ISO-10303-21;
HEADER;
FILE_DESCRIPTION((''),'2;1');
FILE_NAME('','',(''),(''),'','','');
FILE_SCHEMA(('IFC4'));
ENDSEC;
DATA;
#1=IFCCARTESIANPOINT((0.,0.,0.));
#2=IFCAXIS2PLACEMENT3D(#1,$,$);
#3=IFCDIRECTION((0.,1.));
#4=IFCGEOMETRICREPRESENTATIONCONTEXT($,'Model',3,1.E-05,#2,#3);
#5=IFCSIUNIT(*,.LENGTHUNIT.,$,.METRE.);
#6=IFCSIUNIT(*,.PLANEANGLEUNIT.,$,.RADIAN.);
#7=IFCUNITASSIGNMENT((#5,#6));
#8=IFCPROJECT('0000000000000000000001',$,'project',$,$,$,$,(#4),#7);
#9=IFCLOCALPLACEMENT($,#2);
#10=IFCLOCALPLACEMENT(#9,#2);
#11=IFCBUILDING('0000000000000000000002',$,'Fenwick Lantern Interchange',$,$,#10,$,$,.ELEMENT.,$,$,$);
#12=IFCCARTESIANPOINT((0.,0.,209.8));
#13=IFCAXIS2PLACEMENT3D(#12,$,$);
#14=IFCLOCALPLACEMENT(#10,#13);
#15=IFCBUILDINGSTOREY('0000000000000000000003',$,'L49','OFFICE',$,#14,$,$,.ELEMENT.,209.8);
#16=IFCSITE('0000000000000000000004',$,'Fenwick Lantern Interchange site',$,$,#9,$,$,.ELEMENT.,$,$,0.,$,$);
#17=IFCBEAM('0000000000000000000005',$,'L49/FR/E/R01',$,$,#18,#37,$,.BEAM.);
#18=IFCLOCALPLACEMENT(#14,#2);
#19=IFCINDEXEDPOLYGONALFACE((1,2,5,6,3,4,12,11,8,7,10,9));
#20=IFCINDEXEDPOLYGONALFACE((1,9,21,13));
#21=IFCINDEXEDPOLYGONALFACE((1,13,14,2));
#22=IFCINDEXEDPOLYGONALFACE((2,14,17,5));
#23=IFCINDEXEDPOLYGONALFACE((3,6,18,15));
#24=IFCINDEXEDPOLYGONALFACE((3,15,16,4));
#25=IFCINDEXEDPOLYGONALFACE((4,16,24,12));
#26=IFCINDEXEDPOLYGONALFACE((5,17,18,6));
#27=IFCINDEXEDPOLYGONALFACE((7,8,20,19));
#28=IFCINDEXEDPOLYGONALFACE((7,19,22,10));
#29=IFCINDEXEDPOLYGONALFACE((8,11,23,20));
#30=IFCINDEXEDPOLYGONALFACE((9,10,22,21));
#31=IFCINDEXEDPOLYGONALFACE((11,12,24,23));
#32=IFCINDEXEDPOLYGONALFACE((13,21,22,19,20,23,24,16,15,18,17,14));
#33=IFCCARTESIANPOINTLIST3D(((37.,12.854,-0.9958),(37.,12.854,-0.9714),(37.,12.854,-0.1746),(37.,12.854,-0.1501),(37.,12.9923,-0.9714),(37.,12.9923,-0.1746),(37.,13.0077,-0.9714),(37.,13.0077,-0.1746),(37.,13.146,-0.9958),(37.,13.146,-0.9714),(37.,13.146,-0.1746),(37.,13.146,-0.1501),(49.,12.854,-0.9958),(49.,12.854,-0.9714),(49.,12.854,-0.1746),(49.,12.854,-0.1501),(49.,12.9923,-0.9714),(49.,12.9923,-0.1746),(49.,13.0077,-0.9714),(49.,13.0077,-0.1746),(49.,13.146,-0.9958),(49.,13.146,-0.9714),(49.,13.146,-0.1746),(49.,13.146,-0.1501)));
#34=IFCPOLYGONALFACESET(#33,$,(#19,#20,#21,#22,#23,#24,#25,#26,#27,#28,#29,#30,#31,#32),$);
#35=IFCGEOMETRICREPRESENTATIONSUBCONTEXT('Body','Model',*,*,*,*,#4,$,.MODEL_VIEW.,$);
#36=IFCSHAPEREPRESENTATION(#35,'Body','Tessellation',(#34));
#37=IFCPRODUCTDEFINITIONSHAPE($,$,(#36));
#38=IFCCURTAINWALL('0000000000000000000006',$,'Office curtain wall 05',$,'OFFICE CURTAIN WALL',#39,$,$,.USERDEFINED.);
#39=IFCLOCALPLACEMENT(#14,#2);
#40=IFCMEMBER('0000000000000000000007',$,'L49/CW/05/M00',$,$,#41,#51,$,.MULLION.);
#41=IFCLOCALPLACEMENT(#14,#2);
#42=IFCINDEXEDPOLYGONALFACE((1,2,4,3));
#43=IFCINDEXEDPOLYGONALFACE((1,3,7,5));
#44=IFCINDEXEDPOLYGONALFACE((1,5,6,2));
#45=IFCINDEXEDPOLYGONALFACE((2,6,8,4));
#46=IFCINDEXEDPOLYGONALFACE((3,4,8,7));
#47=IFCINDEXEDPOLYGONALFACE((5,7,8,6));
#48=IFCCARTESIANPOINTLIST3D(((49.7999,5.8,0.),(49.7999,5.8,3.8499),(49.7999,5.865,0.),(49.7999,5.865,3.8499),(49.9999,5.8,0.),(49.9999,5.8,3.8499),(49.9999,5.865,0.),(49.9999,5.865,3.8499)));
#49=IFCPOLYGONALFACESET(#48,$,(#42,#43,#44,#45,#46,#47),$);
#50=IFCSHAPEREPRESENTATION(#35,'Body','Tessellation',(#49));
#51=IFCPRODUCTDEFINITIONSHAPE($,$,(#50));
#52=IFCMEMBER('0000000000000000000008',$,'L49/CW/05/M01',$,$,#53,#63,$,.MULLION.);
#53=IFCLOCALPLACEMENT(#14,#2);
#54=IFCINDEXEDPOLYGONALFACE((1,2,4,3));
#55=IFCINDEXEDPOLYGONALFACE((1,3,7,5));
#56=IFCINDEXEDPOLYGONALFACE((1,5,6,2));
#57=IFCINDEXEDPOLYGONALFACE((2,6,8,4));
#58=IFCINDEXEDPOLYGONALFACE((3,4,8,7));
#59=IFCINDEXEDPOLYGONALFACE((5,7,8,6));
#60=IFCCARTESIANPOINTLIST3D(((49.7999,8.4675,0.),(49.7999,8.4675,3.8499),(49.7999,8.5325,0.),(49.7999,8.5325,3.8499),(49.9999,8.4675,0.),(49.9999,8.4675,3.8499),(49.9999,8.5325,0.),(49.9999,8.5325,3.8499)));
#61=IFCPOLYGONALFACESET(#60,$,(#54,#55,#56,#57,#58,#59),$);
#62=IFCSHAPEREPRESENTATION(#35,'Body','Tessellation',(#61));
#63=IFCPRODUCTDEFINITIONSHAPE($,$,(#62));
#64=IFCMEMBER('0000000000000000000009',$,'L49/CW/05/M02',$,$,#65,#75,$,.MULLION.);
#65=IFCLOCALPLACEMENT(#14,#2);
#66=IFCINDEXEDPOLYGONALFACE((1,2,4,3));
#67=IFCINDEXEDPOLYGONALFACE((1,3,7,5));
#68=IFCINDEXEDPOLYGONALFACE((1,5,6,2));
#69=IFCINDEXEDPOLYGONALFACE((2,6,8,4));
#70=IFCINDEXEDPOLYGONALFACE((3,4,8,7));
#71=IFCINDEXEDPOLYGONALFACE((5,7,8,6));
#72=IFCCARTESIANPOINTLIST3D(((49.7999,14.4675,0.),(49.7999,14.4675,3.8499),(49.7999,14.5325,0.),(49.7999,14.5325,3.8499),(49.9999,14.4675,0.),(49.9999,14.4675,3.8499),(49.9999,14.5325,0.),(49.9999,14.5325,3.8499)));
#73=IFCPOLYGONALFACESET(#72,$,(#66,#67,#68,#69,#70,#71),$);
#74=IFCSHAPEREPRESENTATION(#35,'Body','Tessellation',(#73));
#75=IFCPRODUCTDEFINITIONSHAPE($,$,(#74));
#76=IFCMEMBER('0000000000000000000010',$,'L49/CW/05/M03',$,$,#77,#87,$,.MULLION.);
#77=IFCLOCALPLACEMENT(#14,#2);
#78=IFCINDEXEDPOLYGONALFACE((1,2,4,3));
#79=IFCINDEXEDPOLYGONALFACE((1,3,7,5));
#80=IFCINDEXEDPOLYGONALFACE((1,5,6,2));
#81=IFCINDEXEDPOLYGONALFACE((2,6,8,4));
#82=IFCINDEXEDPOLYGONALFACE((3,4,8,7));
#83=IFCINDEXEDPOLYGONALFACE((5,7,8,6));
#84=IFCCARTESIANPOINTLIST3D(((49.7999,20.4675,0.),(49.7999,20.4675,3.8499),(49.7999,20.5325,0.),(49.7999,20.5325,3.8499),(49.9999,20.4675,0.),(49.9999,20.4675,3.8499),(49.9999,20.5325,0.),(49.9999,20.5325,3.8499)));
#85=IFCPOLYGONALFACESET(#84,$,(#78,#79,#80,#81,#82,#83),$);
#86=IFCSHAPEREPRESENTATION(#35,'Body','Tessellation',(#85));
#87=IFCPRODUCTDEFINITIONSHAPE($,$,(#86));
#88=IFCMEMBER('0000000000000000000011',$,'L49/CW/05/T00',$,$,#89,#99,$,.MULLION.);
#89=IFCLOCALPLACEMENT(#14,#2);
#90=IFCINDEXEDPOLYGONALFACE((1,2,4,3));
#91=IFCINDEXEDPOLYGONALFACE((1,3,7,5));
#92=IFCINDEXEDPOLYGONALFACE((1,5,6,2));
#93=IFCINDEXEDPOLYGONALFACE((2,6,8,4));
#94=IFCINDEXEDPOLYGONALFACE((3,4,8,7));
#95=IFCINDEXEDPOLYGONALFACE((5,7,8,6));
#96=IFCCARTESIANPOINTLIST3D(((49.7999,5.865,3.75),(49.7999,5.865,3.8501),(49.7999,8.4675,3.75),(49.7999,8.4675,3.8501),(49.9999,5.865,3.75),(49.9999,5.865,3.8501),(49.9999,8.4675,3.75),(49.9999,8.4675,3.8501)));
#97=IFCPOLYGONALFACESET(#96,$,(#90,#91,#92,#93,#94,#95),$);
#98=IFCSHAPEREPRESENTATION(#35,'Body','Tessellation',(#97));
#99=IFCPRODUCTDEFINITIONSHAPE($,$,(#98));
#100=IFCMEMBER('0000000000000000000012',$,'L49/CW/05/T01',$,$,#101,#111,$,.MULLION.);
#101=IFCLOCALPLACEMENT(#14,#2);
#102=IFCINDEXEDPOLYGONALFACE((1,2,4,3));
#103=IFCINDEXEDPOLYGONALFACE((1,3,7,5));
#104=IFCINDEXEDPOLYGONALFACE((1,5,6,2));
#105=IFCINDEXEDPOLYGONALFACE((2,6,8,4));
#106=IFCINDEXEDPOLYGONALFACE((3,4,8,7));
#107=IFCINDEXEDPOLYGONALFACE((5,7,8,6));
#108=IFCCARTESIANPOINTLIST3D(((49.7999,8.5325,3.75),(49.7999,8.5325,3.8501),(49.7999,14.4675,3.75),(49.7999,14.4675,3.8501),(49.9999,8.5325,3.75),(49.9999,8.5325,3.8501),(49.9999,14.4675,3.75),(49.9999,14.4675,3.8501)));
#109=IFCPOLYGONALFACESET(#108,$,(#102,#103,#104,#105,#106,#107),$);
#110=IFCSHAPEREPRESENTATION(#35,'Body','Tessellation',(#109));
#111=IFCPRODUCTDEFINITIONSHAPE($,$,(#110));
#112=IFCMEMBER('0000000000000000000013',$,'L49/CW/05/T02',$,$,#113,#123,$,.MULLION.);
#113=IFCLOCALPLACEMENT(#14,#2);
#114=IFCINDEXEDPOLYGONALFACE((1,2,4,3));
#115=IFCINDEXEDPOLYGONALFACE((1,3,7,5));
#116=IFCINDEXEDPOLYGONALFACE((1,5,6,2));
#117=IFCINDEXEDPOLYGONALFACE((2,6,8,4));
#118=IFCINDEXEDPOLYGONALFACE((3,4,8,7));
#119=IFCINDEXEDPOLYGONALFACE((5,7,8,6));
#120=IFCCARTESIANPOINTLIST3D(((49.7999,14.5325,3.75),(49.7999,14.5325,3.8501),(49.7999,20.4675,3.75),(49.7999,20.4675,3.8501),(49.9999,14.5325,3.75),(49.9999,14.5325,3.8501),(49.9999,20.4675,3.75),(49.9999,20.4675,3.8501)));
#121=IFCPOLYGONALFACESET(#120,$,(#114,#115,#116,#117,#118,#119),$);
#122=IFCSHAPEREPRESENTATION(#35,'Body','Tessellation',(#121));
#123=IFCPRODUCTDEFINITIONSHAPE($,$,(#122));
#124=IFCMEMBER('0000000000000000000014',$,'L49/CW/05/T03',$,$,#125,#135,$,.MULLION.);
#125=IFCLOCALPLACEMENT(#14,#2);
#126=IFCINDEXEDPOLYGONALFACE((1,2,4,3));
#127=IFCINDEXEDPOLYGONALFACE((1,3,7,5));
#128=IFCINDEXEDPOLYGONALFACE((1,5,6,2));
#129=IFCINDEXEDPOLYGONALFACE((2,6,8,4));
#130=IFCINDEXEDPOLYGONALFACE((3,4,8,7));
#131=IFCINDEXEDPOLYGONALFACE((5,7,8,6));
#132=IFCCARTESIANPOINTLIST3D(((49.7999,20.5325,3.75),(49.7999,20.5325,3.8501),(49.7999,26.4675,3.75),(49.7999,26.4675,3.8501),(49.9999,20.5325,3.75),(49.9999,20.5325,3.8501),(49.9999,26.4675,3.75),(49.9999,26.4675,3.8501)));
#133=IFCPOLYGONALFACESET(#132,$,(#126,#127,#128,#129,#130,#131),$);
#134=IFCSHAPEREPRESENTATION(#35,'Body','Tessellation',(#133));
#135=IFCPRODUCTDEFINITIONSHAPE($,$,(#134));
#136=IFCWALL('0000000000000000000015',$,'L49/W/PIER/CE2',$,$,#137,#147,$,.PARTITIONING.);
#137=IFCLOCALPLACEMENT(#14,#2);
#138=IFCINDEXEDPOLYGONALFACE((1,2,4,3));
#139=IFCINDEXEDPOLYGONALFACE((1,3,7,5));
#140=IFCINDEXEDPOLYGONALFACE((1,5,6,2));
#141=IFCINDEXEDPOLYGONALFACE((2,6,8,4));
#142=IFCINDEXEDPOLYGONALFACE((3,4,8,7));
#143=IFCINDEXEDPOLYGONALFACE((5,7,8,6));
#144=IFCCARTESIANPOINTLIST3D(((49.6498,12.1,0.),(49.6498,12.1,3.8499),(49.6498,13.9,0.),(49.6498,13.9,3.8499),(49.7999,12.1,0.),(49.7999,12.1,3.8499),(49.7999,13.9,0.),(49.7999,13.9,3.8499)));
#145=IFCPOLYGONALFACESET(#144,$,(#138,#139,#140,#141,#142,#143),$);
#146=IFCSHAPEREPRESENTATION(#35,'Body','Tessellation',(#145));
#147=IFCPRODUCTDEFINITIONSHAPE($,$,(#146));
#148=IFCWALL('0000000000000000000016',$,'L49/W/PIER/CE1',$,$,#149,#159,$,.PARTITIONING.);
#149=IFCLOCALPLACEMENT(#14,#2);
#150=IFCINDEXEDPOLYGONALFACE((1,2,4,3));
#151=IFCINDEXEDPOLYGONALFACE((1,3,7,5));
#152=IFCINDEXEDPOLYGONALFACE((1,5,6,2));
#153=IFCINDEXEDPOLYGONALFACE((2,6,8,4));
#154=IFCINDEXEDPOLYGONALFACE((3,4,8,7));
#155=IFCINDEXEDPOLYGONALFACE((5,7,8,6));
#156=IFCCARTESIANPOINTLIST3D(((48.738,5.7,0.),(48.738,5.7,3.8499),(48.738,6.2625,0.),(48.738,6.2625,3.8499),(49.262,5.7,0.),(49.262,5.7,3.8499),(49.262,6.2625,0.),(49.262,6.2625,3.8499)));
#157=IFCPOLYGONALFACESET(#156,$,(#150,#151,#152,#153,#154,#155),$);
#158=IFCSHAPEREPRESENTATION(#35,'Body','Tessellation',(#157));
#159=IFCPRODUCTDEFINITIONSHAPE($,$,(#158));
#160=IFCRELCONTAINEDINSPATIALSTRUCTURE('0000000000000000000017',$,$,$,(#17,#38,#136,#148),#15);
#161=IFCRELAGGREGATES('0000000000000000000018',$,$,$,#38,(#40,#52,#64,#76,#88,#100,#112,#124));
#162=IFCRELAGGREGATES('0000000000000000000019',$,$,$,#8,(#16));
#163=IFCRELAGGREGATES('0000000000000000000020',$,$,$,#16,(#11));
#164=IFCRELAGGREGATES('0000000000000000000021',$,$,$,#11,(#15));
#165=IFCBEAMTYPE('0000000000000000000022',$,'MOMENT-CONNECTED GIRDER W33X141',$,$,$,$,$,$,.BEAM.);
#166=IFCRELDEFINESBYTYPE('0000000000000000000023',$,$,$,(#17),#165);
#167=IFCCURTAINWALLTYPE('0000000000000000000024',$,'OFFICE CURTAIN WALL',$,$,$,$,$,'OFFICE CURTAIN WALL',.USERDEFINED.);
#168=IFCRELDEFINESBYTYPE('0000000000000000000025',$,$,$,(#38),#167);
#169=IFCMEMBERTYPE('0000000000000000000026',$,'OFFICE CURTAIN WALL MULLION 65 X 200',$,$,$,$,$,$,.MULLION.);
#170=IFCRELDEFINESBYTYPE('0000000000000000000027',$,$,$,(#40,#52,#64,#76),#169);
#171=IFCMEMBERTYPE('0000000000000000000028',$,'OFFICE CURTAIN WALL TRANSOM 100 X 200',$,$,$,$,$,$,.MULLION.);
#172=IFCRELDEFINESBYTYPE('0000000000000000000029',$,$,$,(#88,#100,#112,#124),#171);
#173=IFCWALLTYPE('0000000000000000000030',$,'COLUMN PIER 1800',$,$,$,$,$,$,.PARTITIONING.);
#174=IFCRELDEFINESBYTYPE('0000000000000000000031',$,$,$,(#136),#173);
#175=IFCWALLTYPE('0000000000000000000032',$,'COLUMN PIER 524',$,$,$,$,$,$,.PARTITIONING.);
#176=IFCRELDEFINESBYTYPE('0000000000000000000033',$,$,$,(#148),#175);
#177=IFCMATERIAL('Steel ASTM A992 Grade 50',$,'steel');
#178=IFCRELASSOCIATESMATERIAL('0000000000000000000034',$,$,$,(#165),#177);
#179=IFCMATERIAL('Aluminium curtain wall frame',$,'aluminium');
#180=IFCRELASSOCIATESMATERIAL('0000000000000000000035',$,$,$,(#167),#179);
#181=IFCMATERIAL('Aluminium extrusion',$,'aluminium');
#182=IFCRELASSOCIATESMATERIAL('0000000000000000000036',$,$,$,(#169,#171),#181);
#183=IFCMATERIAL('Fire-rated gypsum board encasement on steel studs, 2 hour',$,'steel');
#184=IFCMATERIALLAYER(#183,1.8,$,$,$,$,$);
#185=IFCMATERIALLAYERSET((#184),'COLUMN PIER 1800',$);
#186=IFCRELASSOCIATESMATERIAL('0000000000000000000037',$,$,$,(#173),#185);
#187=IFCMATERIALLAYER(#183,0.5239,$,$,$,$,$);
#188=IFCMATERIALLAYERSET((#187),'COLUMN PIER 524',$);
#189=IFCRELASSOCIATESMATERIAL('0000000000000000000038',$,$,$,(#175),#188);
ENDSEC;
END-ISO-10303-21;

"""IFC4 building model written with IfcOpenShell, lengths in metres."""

from ifc_helpers import new_model, si_unit, direction, frame, frame_2d, origin, origin_2d, place, context, subcontext, project, spatial, rectangle, i_section, extrude, material, layer, layer_set, material_profile, profile_set, type_object, element, aggregate, save


model = new_model("IFC4")

# Units and contexts
model_context = context("Model", 3, precision=1e-05, world=origin(), true_north=direction((0.0, 1.0)))
body_context = subcontext(model_context, "Body", "Model", "MODEL_VIEW")
ifc_project = project(units=[si_unit("LENGTHUNIT", "METRE"), si_unit("PLANEANGLEUNIT", "RADIAN")], contexts=[model_context])

# Site, building, storey
site_placement = place(None, origin())
site = spatial("IfcSite", under=ifc_project, at=site_placement, Name="Fenwick Lantern Interchange site", CompositionType="ELEMENT", RefElevation=0.0)
building_placement = place(site_placement, origin())
building = spatial("IfcBuilding", under=site, at=building_placement, Name="Fenwick Lantern Interchange", CompositionType="ELEMENT")
storey_placement = place(building_placement, frame((0.0, 0.0, 209.8)))
storey = spatial("IfcBuildingStorey", under=building, at=storey_placement, Name="L49", Description="OFFICE", CompositionType="ELEMENT", Elevation=209.8)

# Shared definitions
ifc_material_1 = material(Name="Steel ASTM A992 Grade 50", Category="steel")

# Beam
ifc_material_profile_1 = material_profile(ifc_material_1, i_section(OverallWidth=0.292, OverallDepth=0.8457, WebThickness=0.0154, FlangeThickness=0.0244, at=origin_2d()), Name="W33X141")
ifc_profile_set_1 = profile_set([ifc_material_profile_1], Name="Steel ASTM A992 Grade 50")
beam_type_1 = type_object("IfcBeamType", Name="MOMENT-CONNECTED GIRDER W33X141", PredefinedType="BEAM", material=ifc_profile_set_1)
beam_1_placement = place(storey_placement, frame((49.0, 13.0, -0.573), z_axis=(-1.0, 0.0, 0.0), x_axis=(0.0, -1.0, 0.0)))
element("IfcBeam", 1, at=beam_1_placement, inside=storey, type_object=beam_type_1, Name="L49/FR/E/R01", PredefinedType="BEAM", context=body_context, shape_type="SweptSolid", body=[
    extrude(i_section(OverallWidth=0.292, OverallDepth=0.8457, WebThickness=0.0154, FlangeThickness=0.0244, at=origin_2d()), origin(), (0.0, 0.0, 1.0), 12.0),
])

# Curtain wall, members
ifc_material_2 = material(Name="Aluminium curtain wall frame", Category="aluminium")
curtain_wall_type = type_object("IfcCurtainWallType", Name="OFFICE CURTAIN WALL", ElementType="OFFICE CURTAIN WALL", PredefinedType="USERDEFINED", material=ifc_material_2)
curtain_wall_placement = place(storey_placement, origin())
curtain_wall = element("IfcCurtainWall", 2, at=curtain_wall_placement, inside=storey, type_object=curtain_wall_type, Name="Office curtain wall 05", ObjectType="OFFICE CURTAIN WALL", PredefinedType="USERDEFINED")
ifc_material_3 = material(Name="Aluminium extrusion", Category="aluminium")
ifc_material_profile_2 = material_profile(ifc_material_3, rectangle(XDim=0.2, YDim=0.0649, at=origin_2d()), Name="OFFICE CURTAIN WALL MULLION 65 X 200")
ifc_profile_set_2 = profile_set([ifc_material_profile_2], Name="Aluminium extrusion")
member_type_1 = type_object("IfcMemberType", Name="OFFICE CURTAIN WALL MULLION 65 X 200", PredefinedType="MULLION", material=ifc_profile_set_2)
member_1_placement = place(storey_placement, frame((49.8999, 5.8325, 0.0), z_axis=(0.0, 0.0, 1.0), x_axis=(-1.0, 0.0, 0.0)))
member_1 = element("IfcMember", 3, at=member_1_placement, type_object=member_type_1, Name="L49/CW/05/M00", PredefinedType="MULLION", context=body_context, shape_type="SweptSolid", body=[
    extrude(rectangle(XDim=0.2, YDim=0.0649, at=origin_2d()), origin(), (0.0, 0.0, 1.0), 3.8499),
])
member_2_placement = place(storey_placement, frame((49.8999, 8.5, 0.0), z_axis=(0.0, 0.0, 1.0), x_axis=(-1.0, 0.0, 0.0)))
member_2 = element("IfcMember", 4, at=member_2_placement, type_object=member_type_1, Name="L49/CW/05/M01", PredefinedType="MULLION", context=body_context, shape_type="SweptSolid", body=[
    extrude(rectangle(XDim=0.2, YDim=0.0649, at=origin_2d()), origin(), (0.0, 0.0, 1.0), 3.8499),
])
member_3_placement = place(storey_placement, frame((49.8999, 14.5, 0.0), z_axis=(0.0, 0.0, 1.0), x_axis=(-1.0, 0.0, 0.0)))
member_3 = element("IfcMember", 5, at=member_3_placement, type_object=member_type_1, Name="L49/CW/05/M02", PredefinedType="MULLION", context=body_context, shape_type="SweptSolid", body=[
    extrude(rectangle(XDim=0.2, YDim=0.0649, at=origin_2d()), origin(), (0.0, 0.0, 1.0), 3.8499),
])
member_4_placement = place(storey_placement, frame((49.8999, 20.5, 0.0), z_axis=(0.0, 0.0, 1.0), x_axis=(-1.0, 0.0, 0.0)))
member_4 = element("IfcMember", 6, at=member_4_placement, type_object=member_type_1, Name="L49/CW/05/M03", PredefinedType="MULLION", context=body_context, shape_type="SweptSolid", body=[
    extrude(rectangle(XDim=0.2, YDim=0.0649, at=origin_2d()), origin(), (0.0, 0.0, 1.0), 3.8499),
])
ifc_material_profile_3 = material_profile(ifc_material_3, rectangle(XDim=0.2, YDim=0.1001, at=origin_2d()), Name="OFFICE CURTAIN WALL TRANSOM 100 X 200")
ifc_profile_set_3 = profile_set([ifc_material_profile_3], Name="Aluminium extrusion")
member_type_2 = type_object("IfcMemberType", Name="OFFICE CURTAIN WALL TRANSOM 100 X 200", PredefinedType="MULLION", material=ifc_profile_set_3)
member_5_placement = place(storey_placement, frame((49.8999, 5.865, 3.8), z_axis=(0.0, 1.0, 0.0), x_axis=(-1.0, 0.0, 0.0)))
member_5 = element("IfcMember", 7, at=member_5_placement, type_object=member_type_2, Name="L49/CW/05/T00", PredefinedType="MULLION", context=body_context, shape_type="SweptSolid", body=[
    extrude(rectangle(XDim=0.2, YDim=0.1001, at=origin_2d()), origin(), (0.0, 0.0, 1.0), 2.6025),
])
member_6_placement = place(storey_placement, frame((49.8999, 8.5325, 3.8), z_axis=(0.0, 1.0, 0.0), x_axis=(-1.0, 0.0, 0.0)))
member_6 = element("IfcMember", 8, at=member_6_placement, type_object=member_type_2, Name="L49/CW/05/T01", PredefinedType="MULLION", context=body_context, shape_type="SweptSolid", body=[
    extrude(rectangle(XDim=0.2, YDim=0.1001, at=origin_2d()), origin(), (0.0, 0.0, 1.0), 5.9351),
])
member_7_placement = place(storey_placement, frame((49.8999, 14.5325, 3.8), z_axis=(0.0, 1.0, 0.0), x_axis=(-1.0, 0.0, 0.0)))
member_7 = element("IfcMember", 9, at=member_7_placement, type_object=member_type_2, Name="L49/CW/05/T02", PredefinedType="MULLION", context=body_context, shape_type="SweptSolid", body=[
    extrude(rectangle(XDim=0.2, YDim=0.1001, at=origin_2d()), origin(), (0.0, 0.0, 1.0), 5.9351),
])
member_8_placement = place(storey_placement, frame((49.8999, 20.5325, 3.8), z_axis=(0.0, 1.0, 0.0), x_axis=(-1.0, 0.0, 0.0)))
member_8 = element("IfcMember", 10, at=member_8_placement, type_object=member_type_2, Name="L49/CW/05/T03", PredefinedType="MULLION", context=body_context, shape_type="SweptSolid", body=[
    extrude(rectangle(XDim=0.2, YDim=0.1001, at=origin_2d()), origin(), (0.0, 0.0, 1.0), 5.9351),
])
aggregate(curtain_wall, [member_1, member_2, member_3, member_4, member_5, member_6, member_7, member_8])

# Walls
ifc_material_4 = material(Name="Fire-rated gypsum board encasement on steel studs, 2 hour", Category="steel")
ifc_layer_1 = layer(ifc_material_4, 1.8)
ifc_layer_set_1 = layer_set([ifc_layer_1], Name="COLUMN PIER 1800")
wall_type_1 = type_object("IfcWallType", Name="COLUMN PIER 1800", PredefinedType="PARTITIONING", material=ifc_layer_set_1)
wall_1_placement = place(storey_placement, frame((49.8, 13.0, 0.0), z_axis=(0.0, 0.0, 1.0), x_axis=(-1.0, 0.0, 0.0)))
element("IfcWall", 11, at=wall_1_placement, inside=storey, type_object=wall_type_1, Name="L49/W/PIER/CE2", PredefinedType="PARTITIONING", context=body_context, shape_type="SweptSolid", body=[
    extrude(rectangle(XDim=0.1501, YDim=1.8, at=frame_2d((0.0752, 0.0))), origin(), (0.0, 0.0, 1.0), 3.8499),
])
ifc_layer_2 = layer(ifc_material_4, 0.5239)
ifc_layer_set_2 = layer_set([ifc_layer_2], Name="COLUMN PIER 524")
wall_type_2 = type_object("IfcWallType", Name="COLUMN PIER 524", PredefinedType="PARTITIONING", material=ifc_layer_set_2)
wall_2_placement = place(storey_placement, frame((49.0, 5.7, 0.0), z_axis=(0.0, 0.0, 1.0), x_axis=(0.0, 1.0, 0.0)))
element("IfcWall", 12, at=wall_2_placement, inside=storey, type_object=wall_type_2, Name="L49/W/PIER/CE1", PredefinedType="PARTITIONING", context=body_context, shape_type="SweptSolid", body=[
    extrude(rectangle(XDim=0.5625, YDim=0.5239, at=frame_2d((0.2812, 0.0))), origin(), (0.0, 0.0, 1.0), 3.8499),
])

save(model, "model.ifc")
